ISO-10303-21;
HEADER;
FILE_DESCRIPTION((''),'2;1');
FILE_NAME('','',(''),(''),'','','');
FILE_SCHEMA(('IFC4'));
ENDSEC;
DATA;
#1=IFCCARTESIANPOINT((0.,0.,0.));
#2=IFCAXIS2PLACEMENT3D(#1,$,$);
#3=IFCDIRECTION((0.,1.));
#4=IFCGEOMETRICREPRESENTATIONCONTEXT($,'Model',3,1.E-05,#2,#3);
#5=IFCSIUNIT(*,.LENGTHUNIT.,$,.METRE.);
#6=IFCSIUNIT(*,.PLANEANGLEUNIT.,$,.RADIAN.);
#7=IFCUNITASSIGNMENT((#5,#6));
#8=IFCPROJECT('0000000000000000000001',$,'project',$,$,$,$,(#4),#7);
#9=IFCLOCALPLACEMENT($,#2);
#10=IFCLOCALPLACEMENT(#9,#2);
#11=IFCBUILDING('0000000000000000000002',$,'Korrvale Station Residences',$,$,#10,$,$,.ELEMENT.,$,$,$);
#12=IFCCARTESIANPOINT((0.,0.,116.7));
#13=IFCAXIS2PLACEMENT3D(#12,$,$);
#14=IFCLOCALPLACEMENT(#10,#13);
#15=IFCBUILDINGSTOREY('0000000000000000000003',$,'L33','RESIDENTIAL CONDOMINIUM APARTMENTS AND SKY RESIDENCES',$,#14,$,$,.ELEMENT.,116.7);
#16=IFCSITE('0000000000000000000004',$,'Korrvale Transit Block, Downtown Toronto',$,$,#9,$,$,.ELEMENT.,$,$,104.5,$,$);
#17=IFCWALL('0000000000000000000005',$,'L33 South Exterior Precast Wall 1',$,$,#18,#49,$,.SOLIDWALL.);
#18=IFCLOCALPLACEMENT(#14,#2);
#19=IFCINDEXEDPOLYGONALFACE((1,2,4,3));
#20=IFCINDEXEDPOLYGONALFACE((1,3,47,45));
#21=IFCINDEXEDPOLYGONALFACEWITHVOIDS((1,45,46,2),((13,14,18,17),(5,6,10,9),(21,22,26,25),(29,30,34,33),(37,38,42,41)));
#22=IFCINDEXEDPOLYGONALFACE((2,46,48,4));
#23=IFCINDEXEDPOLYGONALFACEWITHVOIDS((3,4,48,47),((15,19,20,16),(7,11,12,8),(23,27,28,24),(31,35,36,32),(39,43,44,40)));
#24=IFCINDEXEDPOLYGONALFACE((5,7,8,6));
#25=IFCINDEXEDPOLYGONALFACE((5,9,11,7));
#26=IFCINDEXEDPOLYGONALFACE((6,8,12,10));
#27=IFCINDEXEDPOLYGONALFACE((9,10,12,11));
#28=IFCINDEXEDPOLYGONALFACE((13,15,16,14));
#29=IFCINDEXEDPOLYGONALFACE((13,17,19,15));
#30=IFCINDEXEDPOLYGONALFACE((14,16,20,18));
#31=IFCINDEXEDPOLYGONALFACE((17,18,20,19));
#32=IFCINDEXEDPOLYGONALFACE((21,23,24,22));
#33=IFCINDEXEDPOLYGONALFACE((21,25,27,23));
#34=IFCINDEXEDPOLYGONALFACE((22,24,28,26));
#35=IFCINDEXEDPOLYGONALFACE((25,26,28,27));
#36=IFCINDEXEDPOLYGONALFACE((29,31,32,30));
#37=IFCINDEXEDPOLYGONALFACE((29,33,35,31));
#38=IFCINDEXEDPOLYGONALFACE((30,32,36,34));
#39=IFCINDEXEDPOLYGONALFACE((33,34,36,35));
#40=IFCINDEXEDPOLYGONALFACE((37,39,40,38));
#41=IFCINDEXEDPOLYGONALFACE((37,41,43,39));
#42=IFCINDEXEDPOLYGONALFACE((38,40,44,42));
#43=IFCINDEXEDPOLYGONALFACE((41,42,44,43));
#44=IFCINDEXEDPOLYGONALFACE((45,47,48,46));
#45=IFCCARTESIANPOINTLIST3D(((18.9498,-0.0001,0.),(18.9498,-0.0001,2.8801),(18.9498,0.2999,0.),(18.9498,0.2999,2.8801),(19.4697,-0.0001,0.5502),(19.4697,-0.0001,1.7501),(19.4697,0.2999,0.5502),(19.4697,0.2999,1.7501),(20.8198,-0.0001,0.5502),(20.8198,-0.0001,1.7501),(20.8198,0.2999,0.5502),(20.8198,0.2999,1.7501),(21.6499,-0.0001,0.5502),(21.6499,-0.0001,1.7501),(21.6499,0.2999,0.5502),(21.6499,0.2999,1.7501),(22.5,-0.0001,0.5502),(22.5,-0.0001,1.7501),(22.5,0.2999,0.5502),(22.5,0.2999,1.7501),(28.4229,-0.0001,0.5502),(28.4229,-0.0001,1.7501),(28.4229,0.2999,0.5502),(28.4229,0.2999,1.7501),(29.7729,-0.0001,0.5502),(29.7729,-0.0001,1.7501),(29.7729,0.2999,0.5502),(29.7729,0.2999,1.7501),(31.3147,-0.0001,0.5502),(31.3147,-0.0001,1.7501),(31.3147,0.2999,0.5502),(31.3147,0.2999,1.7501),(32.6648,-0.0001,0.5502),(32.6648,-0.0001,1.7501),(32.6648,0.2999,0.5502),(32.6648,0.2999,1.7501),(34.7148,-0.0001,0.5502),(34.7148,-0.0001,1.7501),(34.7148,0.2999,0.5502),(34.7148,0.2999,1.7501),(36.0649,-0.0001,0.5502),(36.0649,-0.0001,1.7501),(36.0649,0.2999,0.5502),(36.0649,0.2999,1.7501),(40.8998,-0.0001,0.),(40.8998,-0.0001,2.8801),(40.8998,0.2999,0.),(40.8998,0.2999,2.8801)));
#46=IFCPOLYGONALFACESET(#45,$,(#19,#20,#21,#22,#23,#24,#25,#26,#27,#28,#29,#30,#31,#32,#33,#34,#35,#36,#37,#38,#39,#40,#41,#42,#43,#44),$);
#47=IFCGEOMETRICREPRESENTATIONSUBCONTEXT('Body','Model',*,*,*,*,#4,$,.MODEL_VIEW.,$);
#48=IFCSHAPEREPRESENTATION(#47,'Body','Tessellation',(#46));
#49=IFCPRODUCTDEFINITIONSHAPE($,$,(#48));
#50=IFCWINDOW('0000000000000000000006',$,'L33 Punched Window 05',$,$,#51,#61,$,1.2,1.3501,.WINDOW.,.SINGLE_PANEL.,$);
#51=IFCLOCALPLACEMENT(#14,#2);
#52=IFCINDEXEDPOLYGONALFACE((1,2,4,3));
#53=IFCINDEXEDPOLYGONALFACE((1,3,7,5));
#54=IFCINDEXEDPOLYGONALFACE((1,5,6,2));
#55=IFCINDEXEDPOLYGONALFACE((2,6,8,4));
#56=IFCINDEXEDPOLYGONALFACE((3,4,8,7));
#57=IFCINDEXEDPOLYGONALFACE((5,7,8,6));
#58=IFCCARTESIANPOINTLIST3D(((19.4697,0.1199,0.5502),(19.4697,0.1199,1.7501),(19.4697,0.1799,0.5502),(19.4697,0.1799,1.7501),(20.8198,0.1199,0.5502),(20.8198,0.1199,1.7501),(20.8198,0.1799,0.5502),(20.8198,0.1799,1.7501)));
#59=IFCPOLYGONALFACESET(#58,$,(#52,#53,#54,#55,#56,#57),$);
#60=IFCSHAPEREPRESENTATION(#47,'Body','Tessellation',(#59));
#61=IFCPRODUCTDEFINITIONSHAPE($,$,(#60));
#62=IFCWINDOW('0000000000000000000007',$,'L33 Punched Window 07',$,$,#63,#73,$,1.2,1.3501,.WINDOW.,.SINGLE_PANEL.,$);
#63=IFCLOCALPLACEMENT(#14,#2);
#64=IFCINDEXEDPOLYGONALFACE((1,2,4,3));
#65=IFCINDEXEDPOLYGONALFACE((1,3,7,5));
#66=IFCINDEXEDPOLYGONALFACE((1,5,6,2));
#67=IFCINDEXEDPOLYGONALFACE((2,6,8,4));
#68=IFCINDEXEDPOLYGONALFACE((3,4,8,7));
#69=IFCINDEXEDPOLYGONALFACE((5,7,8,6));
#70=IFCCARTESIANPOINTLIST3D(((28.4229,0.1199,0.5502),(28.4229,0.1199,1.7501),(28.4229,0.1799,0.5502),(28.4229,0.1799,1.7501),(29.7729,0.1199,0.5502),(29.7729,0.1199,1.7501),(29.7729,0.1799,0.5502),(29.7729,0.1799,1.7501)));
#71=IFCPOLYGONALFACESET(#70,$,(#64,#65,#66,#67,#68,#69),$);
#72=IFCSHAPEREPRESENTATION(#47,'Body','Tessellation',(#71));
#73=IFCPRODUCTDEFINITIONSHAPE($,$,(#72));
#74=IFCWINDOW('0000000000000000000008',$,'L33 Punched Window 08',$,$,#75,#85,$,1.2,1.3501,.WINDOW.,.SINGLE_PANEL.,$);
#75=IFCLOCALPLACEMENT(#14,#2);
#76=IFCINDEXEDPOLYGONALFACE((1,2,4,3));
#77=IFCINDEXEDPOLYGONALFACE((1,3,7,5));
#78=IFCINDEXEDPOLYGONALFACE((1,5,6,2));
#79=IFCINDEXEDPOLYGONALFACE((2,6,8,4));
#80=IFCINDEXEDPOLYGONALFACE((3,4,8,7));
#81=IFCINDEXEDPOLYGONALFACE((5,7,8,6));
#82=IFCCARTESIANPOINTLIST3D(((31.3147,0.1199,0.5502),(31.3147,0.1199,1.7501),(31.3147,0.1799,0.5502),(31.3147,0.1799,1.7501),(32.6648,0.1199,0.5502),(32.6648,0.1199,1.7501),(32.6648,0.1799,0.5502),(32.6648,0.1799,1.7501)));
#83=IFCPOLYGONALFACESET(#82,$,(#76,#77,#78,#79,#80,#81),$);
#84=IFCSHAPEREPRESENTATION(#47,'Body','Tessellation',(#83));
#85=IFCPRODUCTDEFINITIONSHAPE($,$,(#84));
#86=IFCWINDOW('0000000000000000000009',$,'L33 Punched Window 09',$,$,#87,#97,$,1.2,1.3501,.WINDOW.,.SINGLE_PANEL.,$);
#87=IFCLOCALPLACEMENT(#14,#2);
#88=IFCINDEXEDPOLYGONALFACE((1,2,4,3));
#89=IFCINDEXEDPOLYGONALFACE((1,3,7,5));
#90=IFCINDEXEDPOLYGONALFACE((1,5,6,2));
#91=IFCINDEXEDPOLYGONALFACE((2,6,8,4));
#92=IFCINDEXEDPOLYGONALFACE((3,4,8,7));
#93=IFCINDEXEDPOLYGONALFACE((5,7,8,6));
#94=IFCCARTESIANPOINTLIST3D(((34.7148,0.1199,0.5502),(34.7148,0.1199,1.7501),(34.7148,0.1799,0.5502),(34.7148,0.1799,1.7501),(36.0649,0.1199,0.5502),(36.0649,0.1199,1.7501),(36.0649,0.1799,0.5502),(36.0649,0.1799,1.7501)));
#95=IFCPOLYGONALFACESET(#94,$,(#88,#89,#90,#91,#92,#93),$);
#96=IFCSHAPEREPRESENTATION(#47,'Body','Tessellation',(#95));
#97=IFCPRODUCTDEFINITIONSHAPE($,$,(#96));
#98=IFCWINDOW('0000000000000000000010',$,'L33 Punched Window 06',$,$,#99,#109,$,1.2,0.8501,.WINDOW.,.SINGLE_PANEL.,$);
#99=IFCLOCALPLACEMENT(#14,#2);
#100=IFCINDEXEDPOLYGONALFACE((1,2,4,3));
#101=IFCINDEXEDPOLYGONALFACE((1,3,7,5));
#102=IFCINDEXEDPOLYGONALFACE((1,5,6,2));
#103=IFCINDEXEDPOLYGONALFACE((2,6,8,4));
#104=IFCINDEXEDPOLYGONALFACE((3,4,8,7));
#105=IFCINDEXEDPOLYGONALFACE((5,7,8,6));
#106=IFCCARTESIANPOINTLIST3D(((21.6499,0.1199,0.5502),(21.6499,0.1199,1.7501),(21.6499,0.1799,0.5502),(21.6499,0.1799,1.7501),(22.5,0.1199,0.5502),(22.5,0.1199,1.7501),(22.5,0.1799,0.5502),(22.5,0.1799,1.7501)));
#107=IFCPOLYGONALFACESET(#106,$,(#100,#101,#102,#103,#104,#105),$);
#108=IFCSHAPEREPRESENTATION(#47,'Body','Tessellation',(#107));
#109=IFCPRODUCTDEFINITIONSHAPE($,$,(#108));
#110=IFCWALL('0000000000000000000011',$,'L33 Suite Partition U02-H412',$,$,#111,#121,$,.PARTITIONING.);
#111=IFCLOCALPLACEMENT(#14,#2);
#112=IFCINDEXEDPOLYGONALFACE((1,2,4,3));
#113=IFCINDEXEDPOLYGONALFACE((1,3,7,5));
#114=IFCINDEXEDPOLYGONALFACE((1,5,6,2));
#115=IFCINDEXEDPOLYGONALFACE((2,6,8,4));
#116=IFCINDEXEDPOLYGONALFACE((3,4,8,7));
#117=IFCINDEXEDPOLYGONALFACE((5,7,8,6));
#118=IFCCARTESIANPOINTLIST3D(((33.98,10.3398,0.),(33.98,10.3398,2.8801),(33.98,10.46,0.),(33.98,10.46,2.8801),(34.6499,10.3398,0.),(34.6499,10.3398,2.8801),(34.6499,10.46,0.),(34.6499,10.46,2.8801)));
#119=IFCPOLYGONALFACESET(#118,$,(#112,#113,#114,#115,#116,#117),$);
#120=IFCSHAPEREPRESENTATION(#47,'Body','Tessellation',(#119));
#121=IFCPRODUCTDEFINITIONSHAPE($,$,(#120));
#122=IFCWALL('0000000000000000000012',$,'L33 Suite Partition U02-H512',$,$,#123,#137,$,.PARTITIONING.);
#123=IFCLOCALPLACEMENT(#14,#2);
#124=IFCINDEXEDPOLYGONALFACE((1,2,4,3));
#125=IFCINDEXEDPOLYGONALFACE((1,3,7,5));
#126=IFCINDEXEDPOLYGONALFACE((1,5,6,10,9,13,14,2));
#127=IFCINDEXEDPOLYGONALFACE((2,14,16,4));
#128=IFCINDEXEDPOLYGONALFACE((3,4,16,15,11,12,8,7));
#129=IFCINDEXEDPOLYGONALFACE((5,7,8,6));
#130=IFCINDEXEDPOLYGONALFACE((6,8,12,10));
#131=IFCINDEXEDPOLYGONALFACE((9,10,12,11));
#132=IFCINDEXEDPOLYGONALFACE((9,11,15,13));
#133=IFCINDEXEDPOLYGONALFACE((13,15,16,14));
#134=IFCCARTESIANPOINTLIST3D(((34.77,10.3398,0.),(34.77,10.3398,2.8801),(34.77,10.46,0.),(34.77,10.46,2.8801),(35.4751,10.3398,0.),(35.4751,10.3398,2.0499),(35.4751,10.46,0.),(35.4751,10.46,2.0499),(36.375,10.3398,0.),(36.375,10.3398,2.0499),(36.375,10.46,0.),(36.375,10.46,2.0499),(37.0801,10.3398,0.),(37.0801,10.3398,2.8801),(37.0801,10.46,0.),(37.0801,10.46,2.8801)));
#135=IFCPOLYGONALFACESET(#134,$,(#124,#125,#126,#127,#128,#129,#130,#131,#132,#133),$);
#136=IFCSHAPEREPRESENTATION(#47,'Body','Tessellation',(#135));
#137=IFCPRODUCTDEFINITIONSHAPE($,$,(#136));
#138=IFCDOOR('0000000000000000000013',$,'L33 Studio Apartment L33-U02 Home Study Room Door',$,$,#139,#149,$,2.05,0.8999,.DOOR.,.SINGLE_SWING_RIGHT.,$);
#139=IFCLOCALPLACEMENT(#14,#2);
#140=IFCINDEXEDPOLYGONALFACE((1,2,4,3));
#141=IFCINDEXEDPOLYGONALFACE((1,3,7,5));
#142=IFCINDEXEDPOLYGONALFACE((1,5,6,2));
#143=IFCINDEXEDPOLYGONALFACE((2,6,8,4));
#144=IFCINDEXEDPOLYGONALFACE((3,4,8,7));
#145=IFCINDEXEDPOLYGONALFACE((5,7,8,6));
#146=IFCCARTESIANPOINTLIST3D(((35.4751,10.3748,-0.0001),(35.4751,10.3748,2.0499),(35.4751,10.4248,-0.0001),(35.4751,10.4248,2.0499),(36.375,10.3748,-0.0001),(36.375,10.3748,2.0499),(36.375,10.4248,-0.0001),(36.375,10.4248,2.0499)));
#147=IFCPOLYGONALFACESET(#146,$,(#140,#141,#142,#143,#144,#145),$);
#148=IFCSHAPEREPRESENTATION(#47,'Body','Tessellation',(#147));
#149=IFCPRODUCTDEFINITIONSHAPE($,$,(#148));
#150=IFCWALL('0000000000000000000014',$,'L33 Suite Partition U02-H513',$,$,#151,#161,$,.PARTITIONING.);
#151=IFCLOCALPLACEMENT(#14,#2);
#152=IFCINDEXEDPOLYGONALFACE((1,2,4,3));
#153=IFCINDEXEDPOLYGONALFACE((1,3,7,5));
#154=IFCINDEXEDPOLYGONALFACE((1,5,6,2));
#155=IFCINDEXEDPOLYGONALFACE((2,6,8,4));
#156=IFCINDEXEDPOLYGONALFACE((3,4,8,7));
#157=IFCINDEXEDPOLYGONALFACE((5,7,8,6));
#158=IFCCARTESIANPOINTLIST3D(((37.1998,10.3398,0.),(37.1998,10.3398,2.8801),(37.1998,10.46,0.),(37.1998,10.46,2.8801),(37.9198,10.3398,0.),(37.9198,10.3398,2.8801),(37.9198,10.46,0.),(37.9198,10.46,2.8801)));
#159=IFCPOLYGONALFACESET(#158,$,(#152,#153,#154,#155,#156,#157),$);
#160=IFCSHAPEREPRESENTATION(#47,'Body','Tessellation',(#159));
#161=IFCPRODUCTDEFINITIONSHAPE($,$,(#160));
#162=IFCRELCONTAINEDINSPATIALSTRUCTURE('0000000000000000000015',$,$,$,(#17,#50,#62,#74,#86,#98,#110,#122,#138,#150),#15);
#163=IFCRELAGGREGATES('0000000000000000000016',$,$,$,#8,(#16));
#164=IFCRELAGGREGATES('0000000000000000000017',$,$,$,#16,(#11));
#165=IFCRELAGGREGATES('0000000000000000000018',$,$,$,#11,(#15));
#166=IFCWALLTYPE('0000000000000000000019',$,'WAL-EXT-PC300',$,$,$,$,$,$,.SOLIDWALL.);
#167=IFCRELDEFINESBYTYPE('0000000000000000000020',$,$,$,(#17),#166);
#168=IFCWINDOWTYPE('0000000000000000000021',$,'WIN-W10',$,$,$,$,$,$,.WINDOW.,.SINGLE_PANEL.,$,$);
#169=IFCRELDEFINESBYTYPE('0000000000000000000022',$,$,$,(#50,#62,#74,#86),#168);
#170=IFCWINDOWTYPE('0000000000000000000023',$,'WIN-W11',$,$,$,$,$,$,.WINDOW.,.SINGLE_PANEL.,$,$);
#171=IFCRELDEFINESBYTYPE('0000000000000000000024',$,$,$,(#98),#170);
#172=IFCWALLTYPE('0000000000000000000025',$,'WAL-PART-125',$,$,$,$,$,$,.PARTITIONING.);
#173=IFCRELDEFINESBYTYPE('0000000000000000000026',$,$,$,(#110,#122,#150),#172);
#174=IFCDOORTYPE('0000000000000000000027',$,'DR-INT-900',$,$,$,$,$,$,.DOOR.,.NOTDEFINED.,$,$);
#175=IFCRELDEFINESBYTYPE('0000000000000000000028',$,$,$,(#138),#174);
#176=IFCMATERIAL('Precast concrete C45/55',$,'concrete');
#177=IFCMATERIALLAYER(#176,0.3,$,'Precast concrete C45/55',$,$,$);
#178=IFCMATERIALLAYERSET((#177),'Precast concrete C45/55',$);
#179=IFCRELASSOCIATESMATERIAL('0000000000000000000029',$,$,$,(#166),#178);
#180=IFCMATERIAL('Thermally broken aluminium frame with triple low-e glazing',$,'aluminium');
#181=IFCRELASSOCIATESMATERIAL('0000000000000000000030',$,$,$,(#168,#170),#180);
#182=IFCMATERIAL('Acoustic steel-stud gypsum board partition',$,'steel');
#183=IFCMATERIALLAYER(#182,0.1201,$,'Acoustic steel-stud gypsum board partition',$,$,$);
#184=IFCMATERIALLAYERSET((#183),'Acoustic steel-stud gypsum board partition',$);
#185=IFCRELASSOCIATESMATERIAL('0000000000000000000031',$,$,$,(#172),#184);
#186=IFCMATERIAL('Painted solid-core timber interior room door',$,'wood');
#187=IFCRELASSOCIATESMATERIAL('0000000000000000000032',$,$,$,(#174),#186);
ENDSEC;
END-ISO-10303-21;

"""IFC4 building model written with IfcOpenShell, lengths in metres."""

from ifc_helpers import new_model, si_unit, direction, frame, frame_2d, origin, place, context, subcontext, project, spatial, rectangle, extrude, material, layer, layer_set, type_object, element, fill, save


model = new_model("IFC4")

# Units and contexts
model_context = context("Model", 3, precision=1e-05, world=origin(), true_north=direction((0.0, 1.0)))
body_context = subcontext(model_context, "Body", "Model", "MODEL_VIEW")
ifc_project = project(units=[si_unit("LENGTHUNIT", "METRE"), si_unit("PLANEANGLEUNIT", "RADIAN")], contexts=[model_context])

# Site, building, storey
site_placement = place(None, origin())
site = spatial("IfcSite", under=ifc_project, at=site_placement, Name="Korrvale Transit Block, Downtown Toronto", CompositionType="ELEMENT", RefElevation=104.5)
building_placement = place(site_placement, origin())
building = spatial("IfcBuilding", under=site, at=building_placement, Name="Korrvale Station Residences", CompositionType="ELEMENT")
storey_placement = place(building_placement, frame((0.0, 0.0, 116.7)))
storey = spatial("IfcBuildingStorey", under=building, at=storey_placement, Name="L33", Description="RESIDENTIAL CONDOMINIUM APARTMENTS AND SKY RESIDENCES", CompositionType="ELEMENT", Elevation=116.7)

# Shared definitions
ifc_material_1 = material(Name="Precast concrete C45/55", Category="concrete")

# Wall, openings, windows
ifc_layer_1 = layer(ifc_material_1, 0.3, Name="Precast concrete C45/55")
ifc_layer_set_1 = layer_set([ifc_layer_1], Name="Precast concrete C45/55")
wall_type_1 = type_object("IfcWallType", Name="WAL-EXT-PC300", PredefinedType="SOLIDWALL", material=ifc_layer_set_1)
wall_1_placement = place(storey_placement, frame((40.8999, 0.1499, 0.0), z_axis=(0.0, 0.0, 1.0), x_axis=(-1.0, 0.0, 0.0)))
wall_1 = element("IfcWall", 1, at=wall_1_placement, inside=storey, type_object=wall_type_1, Name="L33 South Exterior Precast Wall 1", PredefinedType="SOLIDWALL", context=body_context, shape_type="SweptSolid", body=[
    extrude(rectangle(XDim=21.95, YDim=0.3, at=frame_2d((10.9751, 0.0))), origin(), (0.0, 0.0, 1.0), 2.8801),
])
opening_1_placement = place(wall_1_placement, frame((20.0801, 0.0, 0.55)))
opening_1 = element("IfcOpeningElement", 2, at=opening_1_placement, cuts=wall_1, PredefinedType="OPENING", context=body_context, shape_type="SweptSolid", body=[
    extrude(rectangle(XDim=1.3501, YDim=1.2, at=frame_2d((0.675, 0.6001))), frame((0.0, 0.1602, 0.0), z_axis=(0.0, -1.0, 0.0), x_axis=(1.0, 0.0, 0.0)), (0.0, 0.0, 1.0), 0.3201),
])
opening_2_placement = place(wall_1_placement, frame((18.3999, 0.0, 0.55)))
opening_2 = element("IfcOpeningElement", 3, at=opening_2_placement, cuts=wall_1, PredefinedType="OPENING", context=body_context, shape_type="SweptSolid", body=[
    extrude(rectangle(XDim=0.8501, YDim=1.2, at=frame_2d((0.425, 0.6001))), frame((0.0, 0.1602, 0.0), z_axis=(0.0, -1.0, 0.0), x_axis=(1.0, 0.0, 0.0)), (0.0, 0.0, 1.0), 0.3201),
])
opening_3_placement = place(wall_1_placement, frame((11.127, 0.0, 0.55)))
opening_3 = element("IfcOpeningElement", 4, at=opening_3_placement, cuts=wall_1, PredefinedType="OPENING", context=body_context, shape_type="SweptSolid", body=[
    extrude(rectangle(XDim=1.3501, YDim=1.2, at=frame_2d((0.675, 0.6001))), frame((0.0, 0.1602, 0.0), z_axis=(0.0, -1.0, 0.0), x_axis=(1.0, 0.0, 0.0)), (0.0, 0.0, 1.0), 0.3201),
])
opening_4_placement = place(wall_1_placement, frame((8.2351, 0.0, 0.55)))
opening_4 = element("IfcOpeningElement", 5, at=opening_4_placement, cuts=wall_1, PredefinedType="OPENING", context=body_context, shape_type="SweptSolid", body=[
    extrude(rectangle(XDim=1.3501, YDim=1.2, at=frame_2d((0.675, 0.6001))), frame((0.0, 0.1602, 0.0), z_axis=(0.0, -1.0, 0.0), x_axis=(1.0, 0.0, 0.0)), (0.0, 0.0, 1.0), 0.3201),
])
opening_5_placement = place(wall_1_placement, frame((4.835, 0.0, 0.55)))
opening_5 = element("IfcOpeningElement", 6, at=opening_5_placement, cuts=wall_1, PredefinedType="OPENING", context=body_context, shape_type="SweptSolid", body=[
    extrude(rectangle(XDim=1.3501, YDim=1.2, at=frame_2d((0.675, 0.6001))), frame((0.0, 0.1602, 0.0), z_axis=(0.0, -1.0, 0.0), x_axis=(1.0, 0.0, 0.0)), (0.0, 0.0, 1.0), 0.3201),
])
ifc_material_2 = material(Name="Thermally broken aluminium frame with triple low-e glazing", Category="aluminium")
window_type_1 = type_object("IfcWindowType", Name="WIN-W10", PartitioningType="SINGLE_PANEL", PredefinedType="WINDOW", material=ifc_material_2)
window_1_placement = place(opening_1_placement, origin())
window_1 = element("IfcWindow", 7, at=window_1_placement, inside=storey, type_object=window_type_1, Name="L33 Punched Window 05", OverallHeight=1.2, OverallWidth=1.3501, PartitioningType="SINGLE_PANEL", PredefinedType="WINDOW", context=body_context, shape_type="SweptSolid", body=[
    extrude(rectangle(XDim=1.3501, YDim=1.2, at=frame_2d((0.675, 0.6001))), frame((0.0, 0.03, 0.0), z_axis=(0.0, -1.0, 0.0), x_axis=(1.0, 0.0, 0.0)), (0.0, 0.0, 1.0), 0.0601),
])
fill(opening_1, window_1)
window_2_placement = place(opening_3_placement, origin())
window_2 = element("IfcWindow", 8, at=window_2_placement, inside=storey, type_object=window_type_1, Name="L33 Punched Window 07", OverallHeight=1.2, OverallWidth=1.3501, PartitioningType="SINGLE_PANEL", PredefinedType="WINDOW", context=body_context, shape_type="SweptSolid", body=[
    extrude(rectangle(XDim=1.3501, YDim=1.2, at=frame_2d((0.675, 0.6001))), frame((0.0, 0.03, 0.0), z_axis=(0.0, -1.0, 0.0), x_axis=(1.0, 0.0, 0.0)), (0.0, 0.0, 1.0), 0.0601),
])
fill(opening_3, window_2)
window_3_placement = place(opening_4_placement, origin())
window_3 = element("IfcWindow", 9, at=window_3_placement, inside=storey, type_object=window_type_1, Name="L33 Punched Window 08", OverallHeight=1.2, OverallWidth=1.3501, PartitioningType="SINGLE_PANEL", PredefinedType="WINDOW", context=body_context, shape_type="SweptSolid", body=[
    extrude(rectangle(XDim=1.3501, YDim=1.2, at=frame_2d((0.675, 0.6001))), frame((0.0, 0.03, 0.0), z_axis=(0.0, -1.0, 0.0), x_axis=(1.0, 0.0, 0.0)), (0.0, 0.0, 1.0), 0.0601),
])
fill(opening_4, window_3)
window_4_placement = place(opening_5_placement, origin())
window_4 = element("IfcWindow", 10, at=window_4_placement, inside=storey, type_object=window_type_1, Name="L33 Punched Window 09", OverallHeight=1.2, OverallWidth=1.3501, PartitioningType="SINGLE_PANEL", PredefinedType="WINDOW", context=body_context, shape_type="SweptSolid", body=[
    extrude(rectangle(XDim=1.3501, YDim=1.2, at=frame_2d((0.675, 0.6001))), frame((0.0, 0.03, 0.0), z_axis=(0.0, -1.0, 0.0), x_axis=(1.0, 0.0, 0.0)), (0.0, 0.0, 1.0), 0.0601),
])
fill(opening_5, window_4)
window_type_2 = type_object("IfcWindowType", Name="WIN-W11", PartitioningType="SINGLE_PANEL", PredefinedType="WINDOW", material=ifc_material_2)
window_5_placement = place(opening_2_placement, origin())
window_5 = element("IfcWindow", 11, at=window_5_placement, inside=storey, type_object=window_type_2, Name="L33 Punched Window 06", OverallHeight=1.2, OverallWidth=0.8501, PartitioningType="SINGLE_PANEL", PredefinedType="WINDOW", context=body_context, shape_type="SweptSolid", body=[
    extrude(rectangle(XDim=0.8501, YDim=1.2, at=frame_2d((0.425, 0.6001))), frame((0.0, 0.03, 0.0), z_axis=(0.0, -1.0, 0.0), x_axis=(1.0, 0.0, 0.0)), (0.0, 0.0, 1.0), 0.0601),
])
fill(opening_2, window_5)

# Wall
ifc_material_3 = material(Name="Acoustic steel-stud gypsum board partition", Category="steel")
ifc_layer_2 = layer(ifc_material_3, 0.1201, Name="Acoustic steel-stud gypsum board partition")
ifc_layer_set_2 = layer_set([ifc_layer_2], Name="Acoustic steel-stud gypsum board partition")
wall_type_2 = type_object("IfcWallType", Name="WAL-PART-125", PredefinedType="PARTITIONING", material=ifc_layer_set_2)
wall_2_placement = place(storey_placement, frame((33.98, 10.3999, 0.0), z_axis=(0.0, 0.0, 1.0), x_axis=(1.0, 0.0, 0.0)))
element("IfcWall", 12, at=wall_2_placement, inside=storey, type_object=wall_type_2, Name="L33 Suite Partition U02-H412", PredefinedType="PARTITIONING", context=body_context, shape_type="SweptSolid", body=[
    extrude(rectangle(XDim=0.6699, YDim=0.1201, at=frame_2d((0.335, 0.0))), origin(), (0.0, 0.0, 1.0), 2.8801),
])

# Wall, opening, door
wall_3_placement = place(storey_placement, frame((34.77, 10.3999, 0.0), z_axis=(0.0, 0.0, 1.0), x_axis=(1.0, 0.0, 0.0)))
wall_3 = element("IfcWall", 13, at=wall_3_placement, inside=storey, type_object=wall_type_2, Name="L33 Suite Partition U02-H512", PredefinedType="PARTITIONING", context=body_context, shape_type="SweptSolid", body=[
    extrude(rectangle(XDim=2.3101, YDim=0.1201, at=frame_2d((1.155, 0.0))), origin(), (0.0, 0.0, 1.0), 2.8801),
])
opening_6_placement = place(wall_3_placement, frame((0.7051, 0.0, 0.0)))
opening_6 = element("IfcOpeningElement", 14, at=opening_6_placement, cuts=wall_3, PredefinedType="OPENING", context=body_context, shape_type="SweptSolid", body=[
    extrude(rectangle(XDim=0.8999, YDim=2.05, at=frame_2d((0.45, 1.0249))), frame((0.0, 0.0701, 0.0), z_axis=(0.0, -1.0, 0.0), x_axis=(1.0, 0.0, 0.0)), (0.0, 0.0, 1.0), 0.1401),
])
ifc_material_4 = material(Name="Painted solid-core timber interior room door", Category="wood")
door_type = type_object("IfcDoorType", Name="DR-INT-900", OperationType="NOTDEFINED", PredefinedType="DOOR", material=ifc_material_4)
door_1_placement = place(opening_6_placement, origin())
door_1 = element("IfcDoor", 15, at=door_1_placement, inside=storey, type_object=door_type, Name="L33 Studio Apartment L33-U02 Home Study Room Door", OperationType="SINGLE_SWING_RIGHT", OverallHeight=2.05, OverallWidth=0.8999, PredefinedType="DOOR", context=body_context, shape_type="SweptSolid", body=[
    extrude(rectangle(XDim=0.8999, YDim=2.05, at=frame_2d((0.45, 1.0249))), frame((0.0, 0.0249, 0.0), z_axis=(0.0, -1.0, 0.0), x_axis=(1.0, 0.0, 0.0)), (0.0, 0.0, 1.0), 0.05),
])
fill(opening_6, door_1)

# Wall
wall_4_placement = place(storey_placement, frame((37.2, 10.3999, 0.0), z_axis=(0.0, 0.0, 1.0), x_axis=(1.0, 0.0, 0.0)))
element("IfcWall", 16, at=wall_4_placement, inside=storey, type_object=wall_type_2, Name="L33 Suite Partition U02-H513", PredefinedType="PARTITIONING", context=body_context, shape_type="SweptSolid", body=[
    extrude(rectangle(XDim=0.72, YDim=0.1201, at=frame_2d((0.3599, 0.0))), origin(), (0.0, 0.0, 1.0), 2.8801),
])

save(model, "model.ifc")
